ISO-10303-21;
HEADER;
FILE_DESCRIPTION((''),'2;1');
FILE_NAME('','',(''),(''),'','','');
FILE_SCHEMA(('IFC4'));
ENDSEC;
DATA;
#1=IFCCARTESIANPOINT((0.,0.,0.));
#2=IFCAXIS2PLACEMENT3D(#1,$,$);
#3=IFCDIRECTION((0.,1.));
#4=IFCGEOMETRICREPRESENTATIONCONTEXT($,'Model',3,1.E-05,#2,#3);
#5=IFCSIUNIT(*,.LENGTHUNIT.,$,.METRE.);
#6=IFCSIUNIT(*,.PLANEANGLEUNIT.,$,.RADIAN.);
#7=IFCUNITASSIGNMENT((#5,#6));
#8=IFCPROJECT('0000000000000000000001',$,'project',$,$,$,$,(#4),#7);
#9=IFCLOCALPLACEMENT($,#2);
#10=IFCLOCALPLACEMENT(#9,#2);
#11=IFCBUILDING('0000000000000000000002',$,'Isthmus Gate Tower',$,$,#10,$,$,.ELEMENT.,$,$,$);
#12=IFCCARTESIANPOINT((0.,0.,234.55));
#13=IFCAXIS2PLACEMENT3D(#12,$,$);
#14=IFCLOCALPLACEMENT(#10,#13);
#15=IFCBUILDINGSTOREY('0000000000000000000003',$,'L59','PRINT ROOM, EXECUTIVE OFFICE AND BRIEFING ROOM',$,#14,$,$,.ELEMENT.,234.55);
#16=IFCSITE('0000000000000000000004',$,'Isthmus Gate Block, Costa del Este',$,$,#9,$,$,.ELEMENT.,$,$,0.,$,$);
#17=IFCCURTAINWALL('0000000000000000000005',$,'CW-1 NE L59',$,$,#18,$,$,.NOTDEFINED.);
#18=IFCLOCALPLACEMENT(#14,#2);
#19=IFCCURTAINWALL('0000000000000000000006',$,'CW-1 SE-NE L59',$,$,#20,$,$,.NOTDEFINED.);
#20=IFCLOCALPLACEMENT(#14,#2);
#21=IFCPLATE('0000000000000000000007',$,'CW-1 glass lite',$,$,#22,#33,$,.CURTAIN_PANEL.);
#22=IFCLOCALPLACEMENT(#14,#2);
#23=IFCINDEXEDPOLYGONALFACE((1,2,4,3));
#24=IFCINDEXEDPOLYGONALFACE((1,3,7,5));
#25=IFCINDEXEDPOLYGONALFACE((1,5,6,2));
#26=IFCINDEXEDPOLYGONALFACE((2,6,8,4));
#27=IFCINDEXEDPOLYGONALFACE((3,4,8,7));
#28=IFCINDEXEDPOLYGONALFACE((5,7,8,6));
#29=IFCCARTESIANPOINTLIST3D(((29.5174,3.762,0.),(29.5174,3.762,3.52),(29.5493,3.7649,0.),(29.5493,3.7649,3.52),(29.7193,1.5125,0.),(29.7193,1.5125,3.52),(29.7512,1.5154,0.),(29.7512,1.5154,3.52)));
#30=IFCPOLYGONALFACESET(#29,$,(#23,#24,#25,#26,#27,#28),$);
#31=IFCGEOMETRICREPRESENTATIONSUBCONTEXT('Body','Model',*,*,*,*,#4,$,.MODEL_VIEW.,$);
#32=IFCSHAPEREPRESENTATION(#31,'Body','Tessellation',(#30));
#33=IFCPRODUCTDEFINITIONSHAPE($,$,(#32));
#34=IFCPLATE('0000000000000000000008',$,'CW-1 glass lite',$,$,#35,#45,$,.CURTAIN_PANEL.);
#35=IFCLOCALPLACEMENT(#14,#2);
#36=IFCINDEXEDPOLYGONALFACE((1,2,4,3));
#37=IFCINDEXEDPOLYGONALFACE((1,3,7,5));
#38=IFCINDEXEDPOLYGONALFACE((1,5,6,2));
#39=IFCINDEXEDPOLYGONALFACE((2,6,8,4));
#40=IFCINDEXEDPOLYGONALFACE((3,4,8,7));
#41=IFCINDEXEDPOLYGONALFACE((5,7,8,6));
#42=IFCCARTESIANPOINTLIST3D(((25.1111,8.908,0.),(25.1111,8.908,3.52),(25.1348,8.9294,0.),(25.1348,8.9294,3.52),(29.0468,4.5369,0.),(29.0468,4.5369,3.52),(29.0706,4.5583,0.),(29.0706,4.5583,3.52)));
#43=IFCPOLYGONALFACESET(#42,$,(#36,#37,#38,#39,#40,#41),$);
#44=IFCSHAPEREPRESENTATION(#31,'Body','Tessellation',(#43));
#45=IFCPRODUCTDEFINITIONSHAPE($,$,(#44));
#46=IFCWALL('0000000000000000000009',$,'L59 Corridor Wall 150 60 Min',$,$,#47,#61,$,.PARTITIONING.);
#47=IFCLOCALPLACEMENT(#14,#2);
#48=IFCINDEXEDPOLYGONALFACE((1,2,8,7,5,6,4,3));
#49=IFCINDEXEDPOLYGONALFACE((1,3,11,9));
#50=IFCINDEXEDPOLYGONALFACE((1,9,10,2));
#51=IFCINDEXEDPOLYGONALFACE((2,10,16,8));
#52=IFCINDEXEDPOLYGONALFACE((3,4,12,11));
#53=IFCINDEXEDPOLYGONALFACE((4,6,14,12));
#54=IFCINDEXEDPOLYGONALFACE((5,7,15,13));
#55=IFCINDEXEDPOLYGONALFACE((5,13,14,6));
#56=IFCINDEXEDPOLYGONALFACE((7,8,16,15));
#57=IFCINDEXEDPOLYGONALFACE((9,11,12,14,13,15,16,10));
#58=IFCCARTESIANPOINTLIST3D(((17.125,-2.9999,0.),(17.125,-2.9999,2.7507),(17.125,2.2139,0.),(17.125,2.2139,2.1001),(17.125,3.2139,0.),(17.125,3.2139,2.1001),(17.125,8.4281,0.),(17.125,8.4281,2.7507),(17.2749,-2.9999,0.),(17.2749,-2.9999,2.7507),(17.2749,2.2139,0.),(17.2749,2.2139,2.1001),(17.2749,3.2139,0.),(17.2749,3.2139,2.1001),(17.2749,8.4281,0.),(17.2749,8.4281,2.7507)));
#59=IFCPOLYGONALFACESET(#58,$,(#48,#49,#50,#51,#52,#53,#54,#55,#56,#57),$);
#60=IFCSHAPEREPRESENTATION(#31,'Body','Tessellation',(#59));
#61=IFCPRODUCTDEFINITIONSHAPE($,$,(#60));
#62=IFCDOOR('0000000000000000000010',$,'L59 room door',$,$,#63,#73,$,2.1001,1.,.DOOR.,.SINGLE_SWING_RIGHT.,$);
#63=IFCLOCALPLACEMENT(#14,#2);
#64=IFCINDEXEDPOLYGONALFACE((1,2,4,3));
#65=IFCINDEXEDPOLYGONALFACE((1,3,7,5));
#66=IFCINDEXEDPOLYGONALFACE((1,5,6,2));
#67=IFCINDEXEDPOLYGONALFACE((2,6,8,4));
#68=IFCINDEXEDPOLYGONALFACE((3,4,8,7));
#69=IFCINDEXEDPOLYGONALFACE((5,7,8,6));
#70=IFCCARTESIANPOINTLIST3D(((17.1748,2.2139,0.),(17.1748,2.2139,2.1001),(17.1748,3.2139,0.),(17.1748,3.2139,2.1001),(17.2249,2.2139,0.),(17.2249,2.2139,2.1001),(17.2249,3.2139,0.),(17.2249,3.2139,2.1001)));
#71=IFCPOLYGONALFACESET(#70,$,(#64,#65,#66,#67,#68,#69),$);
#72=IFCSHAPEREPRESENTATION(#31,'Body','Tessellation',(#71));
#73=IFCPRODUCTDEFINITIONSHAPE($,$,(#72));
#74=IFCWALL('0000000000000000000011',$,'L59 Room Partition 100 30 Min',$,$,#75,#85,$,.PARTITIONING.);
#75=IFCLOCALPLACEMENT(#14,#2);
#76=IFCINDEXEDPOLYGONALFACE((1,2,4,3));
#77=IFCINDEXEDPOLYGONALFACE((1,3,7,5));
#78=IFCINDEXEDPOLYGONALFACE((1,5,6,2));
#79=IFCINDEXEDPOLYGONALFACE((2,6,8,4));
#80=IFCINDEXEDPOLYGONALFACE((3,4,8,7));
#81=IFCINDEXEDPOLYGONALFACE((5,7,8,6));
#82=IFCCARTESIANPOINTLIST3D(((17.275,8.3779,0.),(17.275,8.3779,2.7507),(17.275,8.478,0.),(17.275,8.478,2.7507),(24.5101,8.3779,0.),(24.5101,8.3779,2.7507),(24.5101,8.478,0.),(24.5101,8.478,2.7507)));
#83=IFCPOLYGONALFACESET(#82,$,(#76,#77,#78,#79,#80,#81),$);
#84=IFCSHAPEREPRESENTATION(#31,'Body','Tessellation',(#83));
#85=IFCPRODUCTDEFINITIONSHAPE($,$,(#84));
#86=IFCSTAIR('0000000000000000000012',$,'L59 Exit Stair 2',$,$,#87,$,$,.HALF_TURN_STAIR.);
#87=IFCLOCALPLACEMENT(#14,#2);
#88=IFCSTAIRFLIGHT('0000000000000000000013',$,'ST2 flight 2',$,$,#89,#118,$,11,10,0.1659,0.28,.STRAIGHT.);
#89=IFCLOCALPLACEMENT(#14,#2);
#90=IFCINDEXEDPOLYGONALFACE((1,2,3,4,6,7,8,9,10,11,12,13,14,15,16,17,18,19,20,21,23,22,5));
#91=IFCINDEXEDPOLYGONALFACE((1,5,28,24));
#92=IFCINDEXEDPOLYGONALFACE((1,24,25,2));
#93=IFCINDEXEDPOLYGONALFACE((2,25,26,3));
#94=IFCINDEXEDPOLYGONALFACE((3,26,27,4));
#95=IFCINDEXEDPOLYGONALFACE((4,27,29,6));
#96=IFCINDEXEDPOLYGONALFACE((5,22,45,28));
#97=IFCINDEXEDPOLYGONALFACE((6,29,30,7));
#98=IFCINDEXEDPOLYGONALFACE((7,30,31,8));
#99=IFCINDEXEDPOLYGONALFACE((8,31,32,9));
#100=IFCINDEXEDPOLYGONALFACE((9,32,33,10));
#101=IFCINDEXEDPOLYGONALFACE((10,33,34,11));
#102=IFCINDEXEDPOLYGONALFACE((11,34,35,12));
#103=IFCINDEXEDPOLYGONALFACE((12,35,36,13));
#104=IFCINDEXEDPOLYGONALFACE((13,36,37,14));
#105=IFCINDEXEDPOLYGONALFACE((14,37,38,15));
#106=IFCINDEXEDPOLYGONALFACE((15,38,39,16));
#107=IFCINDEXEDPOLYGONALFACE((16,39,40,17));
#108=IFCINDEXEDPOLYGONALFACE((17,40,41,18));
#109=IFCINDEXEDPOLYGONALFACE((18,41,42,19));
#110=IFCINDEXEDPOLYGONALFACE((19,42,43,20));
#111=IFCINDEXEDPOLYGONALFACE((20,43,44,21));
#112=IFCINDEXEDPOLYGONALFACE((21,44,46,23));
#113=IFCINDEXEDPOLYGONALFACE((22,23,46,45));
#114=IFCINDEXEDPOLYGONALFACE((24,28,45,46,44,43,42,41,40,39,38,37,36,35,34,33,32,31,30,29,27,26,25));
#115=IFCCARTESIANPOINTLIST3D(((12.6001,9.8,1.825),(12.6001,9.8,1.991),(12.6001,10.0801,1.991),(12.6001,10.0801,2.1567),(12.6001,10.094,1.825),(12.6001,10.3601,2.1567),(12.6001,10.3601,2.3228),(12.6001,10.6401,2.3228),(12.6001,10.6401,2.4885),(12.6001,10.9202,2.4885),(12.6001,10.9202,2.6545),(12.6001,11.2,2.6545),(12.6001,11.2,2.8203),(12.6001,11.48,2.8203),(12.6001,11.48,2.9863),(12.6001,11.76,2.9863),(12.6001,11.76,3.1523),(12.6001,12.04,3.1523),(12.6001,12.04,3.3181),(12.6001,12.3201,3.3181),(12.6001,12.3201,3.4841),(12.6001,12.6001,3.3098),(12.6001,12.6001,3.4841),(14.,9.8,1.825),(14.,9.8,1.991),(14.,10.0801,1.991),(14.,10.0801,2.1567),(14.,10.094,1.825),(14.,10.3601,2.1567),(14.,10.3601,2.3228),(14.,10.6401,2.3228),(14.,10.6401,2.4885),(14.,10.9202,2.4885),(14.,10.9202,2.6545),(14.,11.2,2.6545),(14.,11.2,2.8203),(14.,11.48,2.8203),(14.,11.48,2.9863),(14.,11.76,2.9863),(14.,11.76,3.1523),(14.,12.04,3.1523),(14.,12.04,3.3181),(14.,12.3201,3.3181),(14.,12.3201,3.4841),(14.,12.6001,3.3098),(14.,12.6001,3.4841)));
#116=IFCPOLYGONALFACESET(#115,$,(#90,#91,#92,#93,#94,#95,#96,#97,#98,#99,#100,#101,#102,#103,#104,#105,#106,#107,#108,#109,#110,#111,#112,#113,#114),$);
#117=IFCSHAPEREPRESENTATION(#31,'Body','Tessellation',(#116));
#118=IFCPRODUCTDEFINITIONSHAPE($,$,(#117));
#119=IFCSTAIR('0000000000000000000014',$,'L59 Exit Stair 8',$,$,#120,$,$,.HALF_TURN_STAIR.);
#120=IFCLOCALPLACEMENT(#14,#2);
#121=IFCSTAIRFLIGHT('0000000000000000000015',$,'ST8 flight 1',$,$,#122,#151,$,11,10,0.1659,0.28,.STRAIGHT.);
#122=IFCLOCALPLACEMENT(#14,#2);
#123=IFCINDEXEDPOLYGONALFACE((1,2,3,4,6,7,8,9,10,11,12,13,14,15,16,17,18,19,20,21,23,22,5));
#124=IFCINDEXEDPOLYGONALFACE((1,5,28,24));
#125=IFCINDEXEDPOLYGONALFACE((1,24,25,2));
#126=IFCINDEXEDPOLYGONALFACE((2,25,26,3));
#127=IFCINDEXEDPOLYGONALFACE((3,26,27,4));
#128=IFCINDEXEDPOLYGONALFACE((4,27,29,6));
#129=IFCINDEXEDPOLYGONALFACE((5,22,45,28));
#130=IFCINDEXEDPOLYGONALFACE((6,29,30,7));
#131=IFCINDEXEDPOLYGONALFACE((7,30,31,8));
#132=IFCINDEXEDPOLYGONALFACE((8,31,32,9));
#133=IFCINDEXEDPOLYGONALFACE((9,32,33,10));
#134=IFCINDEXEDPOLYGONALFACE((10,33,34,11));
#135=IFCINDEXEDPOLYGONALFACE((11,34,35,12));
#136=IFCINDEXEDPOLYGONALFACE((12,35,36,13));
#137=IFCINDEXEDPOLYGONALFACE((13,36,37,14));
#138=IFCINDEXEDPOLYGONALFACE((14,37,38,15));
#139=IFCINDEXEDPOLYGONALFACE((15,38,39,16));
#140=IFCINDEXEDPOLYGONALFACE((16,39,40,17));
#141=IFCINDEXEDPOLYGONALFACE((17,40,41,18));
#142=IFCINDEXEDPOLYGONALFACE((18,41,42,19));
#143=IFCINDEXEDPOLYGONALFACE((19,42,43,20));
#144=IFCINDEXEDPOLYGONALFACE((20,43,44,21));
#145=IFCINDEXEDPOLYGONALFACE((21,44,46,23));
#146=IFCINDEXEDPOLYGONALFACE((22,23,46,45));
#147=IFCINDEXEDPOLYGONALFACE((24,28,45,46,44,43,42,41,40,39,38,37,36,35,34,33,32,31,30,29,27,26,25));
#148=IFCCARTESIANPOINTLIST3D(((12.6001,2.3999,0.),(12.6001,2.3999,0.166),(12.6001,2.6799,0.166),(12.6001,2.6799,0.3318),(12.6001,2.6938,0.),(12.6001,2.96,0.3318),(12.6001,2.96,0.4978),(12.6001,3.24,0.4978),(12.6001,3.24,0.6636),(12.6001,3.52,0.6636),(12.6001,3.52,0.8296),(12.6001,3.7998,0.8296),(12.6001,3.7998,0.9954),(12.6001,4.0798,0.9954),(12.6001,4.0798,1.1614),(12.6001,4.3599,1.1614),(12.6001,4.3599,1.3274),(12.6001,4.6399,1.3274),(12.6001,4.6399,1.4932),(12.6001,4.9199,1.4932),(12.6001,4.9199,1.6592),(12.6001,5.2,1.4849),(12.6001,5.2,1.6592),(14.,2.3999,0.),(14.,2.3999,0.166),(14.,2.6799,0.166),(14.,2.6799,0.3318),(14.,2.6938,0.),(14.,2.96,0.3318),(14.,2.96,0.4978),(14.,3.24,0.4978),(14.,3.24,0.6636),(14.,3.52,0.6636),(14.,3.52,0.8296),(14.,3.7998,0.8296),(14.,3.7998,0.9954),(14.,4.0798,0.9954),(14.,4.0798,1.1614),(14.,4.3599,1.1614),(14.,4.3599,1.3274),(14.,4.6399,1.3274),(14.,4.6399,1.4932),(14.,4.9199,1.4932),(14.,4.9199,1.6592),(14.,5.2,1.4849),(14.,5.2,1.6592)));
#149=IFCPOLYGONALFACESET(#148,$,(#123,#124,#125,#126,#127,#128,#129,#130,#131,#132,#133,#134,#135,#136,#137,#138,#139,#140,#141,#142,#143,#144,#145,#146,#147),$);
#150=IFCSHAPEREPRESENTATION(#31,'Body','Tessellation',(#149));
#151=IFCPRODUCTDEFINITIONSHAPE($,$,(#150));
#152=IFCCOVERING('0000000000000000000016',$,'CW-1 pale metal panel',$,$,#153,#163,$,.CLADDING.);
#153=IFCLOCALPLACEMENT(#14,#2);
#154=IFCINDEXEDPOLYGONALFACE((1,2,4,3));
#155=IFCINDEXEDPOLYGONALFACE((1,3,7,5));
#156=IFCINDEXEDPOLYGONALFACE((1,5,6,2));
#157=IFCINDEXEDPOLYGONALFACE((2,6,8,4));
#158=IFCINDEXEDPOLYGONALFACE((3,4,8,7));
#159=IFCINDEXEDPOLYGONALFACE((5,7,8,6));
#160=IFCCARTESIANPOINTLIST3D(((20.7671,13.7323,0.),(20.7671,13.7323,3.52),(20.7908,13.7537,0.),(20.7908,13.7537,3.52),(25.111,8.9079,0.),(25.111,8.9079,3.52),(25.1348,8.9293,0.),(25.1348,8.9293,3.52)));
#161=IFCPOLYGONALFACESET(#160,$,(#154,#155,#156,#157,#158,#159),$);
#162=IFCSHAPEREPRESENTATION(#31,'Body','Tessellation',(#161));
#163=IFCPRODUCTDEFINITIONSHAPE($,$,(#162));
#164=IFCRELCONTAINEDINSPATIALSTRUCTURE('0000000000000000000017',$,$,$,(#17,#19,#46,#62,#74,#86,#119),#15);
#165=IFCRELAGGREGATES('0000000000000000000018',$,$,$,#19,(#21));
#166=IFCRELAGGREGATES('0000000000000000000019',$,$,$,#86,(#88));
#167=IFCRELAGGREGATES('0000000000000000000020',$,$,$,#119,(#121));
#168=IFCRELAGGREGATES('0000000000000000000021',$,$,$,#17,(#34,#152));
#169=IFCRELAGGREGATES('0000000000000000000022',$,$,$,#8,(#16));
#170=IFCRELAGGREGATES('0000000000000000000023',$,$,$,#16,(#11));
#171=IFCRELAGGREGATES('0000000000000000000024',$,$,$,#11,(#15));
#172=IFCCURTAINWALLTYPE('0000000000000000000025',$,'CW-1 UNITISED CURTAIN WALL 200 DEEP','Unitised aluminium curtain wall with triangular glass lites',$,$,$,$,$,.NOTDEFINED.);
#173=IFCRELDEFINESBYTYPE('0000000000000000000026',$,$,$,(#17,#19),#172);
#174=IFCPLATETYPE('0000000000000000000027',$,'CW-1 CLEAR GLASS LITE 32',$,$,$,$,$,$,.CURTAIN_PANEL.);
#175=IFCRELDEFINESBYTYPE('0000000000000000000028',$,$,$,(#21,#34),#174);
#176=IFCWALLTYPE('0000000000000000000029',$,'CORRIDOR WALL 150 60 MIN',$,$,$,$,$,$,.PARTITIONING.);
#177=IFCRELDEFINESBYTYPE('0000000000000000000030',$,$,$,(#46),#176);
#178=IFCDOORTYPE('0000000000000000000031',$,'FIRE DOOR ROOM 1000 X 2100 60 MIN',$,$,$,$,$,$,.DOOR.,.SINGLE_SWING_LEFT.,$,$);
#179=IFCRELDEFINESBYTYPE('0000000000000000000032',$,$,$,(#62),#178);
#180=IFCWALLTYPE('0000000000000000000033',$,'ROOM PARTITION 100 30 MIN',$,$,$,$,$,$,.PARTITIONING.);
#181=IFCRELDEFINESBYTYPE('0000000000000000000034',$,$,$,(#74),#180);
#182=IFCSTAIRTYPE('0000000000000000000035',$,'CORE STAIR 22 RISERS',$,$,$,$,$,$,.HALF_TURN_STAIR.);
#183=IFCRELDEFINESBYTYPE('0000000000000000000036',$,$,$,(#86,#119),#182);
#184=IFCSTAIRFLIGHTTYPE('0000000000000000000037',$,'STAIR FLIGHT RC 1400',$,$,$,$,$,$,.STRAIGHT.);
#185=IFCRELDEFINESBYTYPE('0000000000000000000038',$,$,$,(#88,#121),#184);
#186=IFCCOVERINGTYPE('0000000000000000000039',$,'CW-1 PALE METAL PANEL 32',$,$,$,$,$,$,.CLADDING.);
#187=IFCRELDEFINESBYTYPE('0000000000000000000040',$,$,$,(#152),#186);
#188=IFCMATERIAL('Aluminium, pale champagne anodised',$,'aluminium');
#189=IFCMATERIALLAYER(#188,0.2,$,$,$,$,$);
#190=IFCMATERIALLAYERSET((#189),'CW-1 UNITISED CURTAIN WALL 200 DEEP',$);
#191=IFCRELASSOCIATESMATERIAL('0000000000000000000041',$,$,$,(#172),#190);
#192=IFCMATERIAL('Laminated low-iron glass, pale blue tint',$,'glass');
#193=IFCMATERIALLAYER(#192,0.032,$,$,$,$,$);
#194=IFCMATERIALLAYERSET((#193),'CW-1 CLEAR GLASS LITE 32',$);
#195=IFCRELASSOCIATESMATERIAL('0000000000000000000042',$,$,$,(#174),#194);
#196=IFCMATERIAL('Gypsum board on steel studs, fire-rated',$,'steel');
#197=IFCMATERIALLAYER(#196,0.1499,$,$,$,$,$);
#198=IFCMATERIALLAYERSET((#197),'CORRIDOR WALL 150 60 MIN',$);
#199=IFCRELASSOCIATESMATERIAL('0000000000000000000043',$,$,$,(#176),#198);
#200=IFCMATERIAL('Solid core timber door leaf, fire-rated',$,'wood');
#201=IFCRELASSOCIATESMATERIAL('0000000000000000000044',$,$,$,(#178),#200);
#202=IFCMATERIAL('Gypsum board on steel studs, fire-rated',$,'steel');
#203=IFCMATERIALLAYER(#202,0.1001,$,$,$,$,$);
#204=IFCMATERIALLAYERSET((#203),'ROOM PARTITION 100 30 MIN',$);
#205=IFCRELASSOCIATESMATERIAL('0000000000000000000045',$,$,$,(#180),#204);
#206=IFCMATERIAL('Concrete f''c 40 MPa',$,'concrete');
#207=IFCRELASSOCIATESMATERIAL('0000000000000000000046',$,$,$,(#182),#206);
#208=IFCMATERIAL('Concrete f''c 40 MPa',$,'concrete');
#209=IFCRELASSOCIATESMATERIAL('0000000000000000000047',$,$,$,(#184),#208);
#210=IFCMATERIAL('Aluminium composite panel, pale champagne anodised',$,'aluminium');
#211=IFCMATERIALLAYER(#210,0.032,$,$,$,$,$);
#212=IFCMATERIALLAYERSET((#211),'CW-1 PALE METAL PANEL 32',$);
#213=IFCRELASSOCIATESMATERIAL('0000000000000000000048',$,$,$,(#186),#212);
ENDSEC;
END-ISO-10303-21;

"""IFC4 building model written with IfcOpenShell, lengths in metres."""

from ifc_helpers import new_model, si_unit, direction, frame, frame_2d, origin, origin_2d, place, context, subcontext, project, spatial, polyline, rectangle, outline, extrude, material, layer, layer_set, type_object, element, fill, aggregate, save


model = new_model("IFC4")

# Units and contexts
model_context = context("Model", 3, precision=1e-05, world=origin(), true_north=direction((0.0, 1.0)))
body_context = subcontext(model_context, "Body", "Model", "MODEL_VIEW")
ifc_project = project(units=[si_unit("LENGTHUNIT", "METRE"), si_unit("PLANEANGLEUNIT", "RADIAN")], contexts=[model_context])

# Site, building, storey
site_placement = place(None, origin())
site = spatial("IfcSite", under=ifc_project, at=site_placement, Name="Isthmus Gate Block, Costa del Este", CompositionType="ELEMENT", RefElevation=0.0)
building_placement = place(site_placement, origin())
building = spatial("IfcBuilding", under=site, at=building_placement, Name="Isthmus Gate Tower", CompositionType="ELEMENT")
storey_placement = place(building_placement, frame((0.0, 0.0, 234.55)))
storey = spatial("IfcBuildingStorey", under=building, at=storey_placement, Name="L59", Description="PRINT ROOM, EXECUTIVE OFFICE AND BRIEFING ROOM", CompositionType="ELEMENT", Elevation=234.55)

# Curtain wall
ifc_material_1 = material(Name="Aluminium, pale champagne anodised", Category="aluminium")
ifc_layer_1 = layer(ifc_material_1, 0.2)
ifc_layer_set_1 = layer_set([ifc_layer_1], Name="CW-1 UNITISED CURTAIN WALL 200 DEEP")
curtain_wall_type = type_object("IfcCurtainWallType", Name="CW-1 UNITISED CURTAIN WALL 200 DEEP", Description="Unitised aluminium curtain wall with triangular glass lites", PredefinedType="NOTDEFINED", material=ifc_layer_set_1)
curtain_wall_1_placement = place(storey_placement, origin())
curtain_wall_1 = element("IfcCurtainWall", 1, at=curtain_wall_1_placement, inside=storey, type_object=curtain_wall_type, Name="CW-1 NE L59", PredefinedType="NOTDEFINED")

# Curtain wall, plate
curtain_wall_2_placement = place(storey_placement, origin())
curtain_wall_2 = element("IfcCurtainWall", 2, at=curtain_wall_2_placement, inside=storey, type_object=curtain_wall_type, Name="CW-1 SE-NE L59", PredefinedType="NOTDEFINED")
ifc_material_2 = material(Name="Laminated low-iron glass, pale blue tint", Category="glass")
ifc_layer_2 = layer(ifc_material_2, 0.032)
ifc_layer_set_2 = layer_set([ifc_layer_2], Name="CW-1 CLEAR GLASS LITE 32")
plate_type = type_object("IfcPlateType", Name="CW-1 CLEAR GLASS LITE 32", PredefinedType="CURTAIN_PANEL", material=ifc_layer_set_2)
plate_1_placement = place(storey_placement, frame((29.6343, 2.6387, 0.0), z_axis=(0.0, 0.0, 1.0), x_axis=(-0.089397, 0.995996, 0.0)))
plate_1 = element("IfcPlate", 3, at=plate_1_placement, type_object=plate_type, Name="CW-1 glass lite", PredefinedType="CURTAIN_PANEL", context=body_context, shape_type="SweptSolid", body=[
    extrude(rectangle(XDim=2.2585, YDim=0.032, at=origin_2d()), origin(), (0.0, 0.0, 1.0), 3.52),
])
aggregate(curtain_wall_2, [plate_1])

# Plate
plate_2_placement = place(storey_placement, frame((27.0908, 6.7332, 0.0), z_axis=(0.0, 0.0, 1.0), x_axis=(-0.669131, 0.743145, 0.0)))
plate_2 = element("IfcPlate", 4, at=plate_2_placement, type_object=plate_type, Name="CW-1 glass lite", PredefinedType="CURTAIN_PANEL", context=body_context, shape_type="SweptSolid", body=[
    extrude(rectangle(XDim=5.8818, YDim=0.032, at=origin_2d()), origin(), (0.0, 0.0, 1.0), 3.52),
])

# Wall, opening, door
ifc_material_3 = material(Name="Gypsum board on steel studs, fire-rated", Category="steel")
ifc_layer_3 = layer(ifc_material_3, 0.1499)
ifc_layer_set_3 = layer_set([ifc_layer_3], Name="CORRIDOR WALL 150 60 MIN")
wall_type_1 = type_object("IfcWallType", Name="CORRIDOR WALL 150 60 MIN", PredefinedType="PARTITIONING", material=ifc_layer_set_3)
wall_1_placement = place(storey_placement, frame((17.2, 8.428, 0.0), z_axis=(0.0, 0.0, 1.0), x_axis=(0.0, -1.0, 0.0)))
wall_1 = element("IfcWall", 5, at=wall_1_placement, inside=storey, type_object=wall_type_1, Name="L59 Corridor Wall 150 60 Min", PredefinedType="PARTITIONING", context=body_context, shape_type="SweptSolid", body=[
    extrude(rectangle(XDim=11.428, YDim=0.1499, at=frame_2d((5.7139, 0.0))), origin(), (0.0, 0.0, 1.0), 2.7507),
])
opening_placement = place(wall_1_placement, frame((5.2141, 0.0, 0.0)))
opening = element("IfcOpeningElement", 6, at=opening_placement, cuts=wall_1, PredefinedType="OPENING", context=body_context, shape_type="SweptSolid", body=[
    extrude(rectangle(XDim=1.0, YDim=2.1001, at=frame_2d((0.5, 1.05))), frame((0.0, 0.085, 0.0), z_axis=(0.0, -1.0, 0.0), x_axis=(1.0, 0.0, 0.0)), (0.0, 0.0, 1.0), 0.1699),
])
ifc_material_4 = material(Name="Solid core timber door leaf, fire-rated", Category="wood")
door_type = type_object("IfcDoorType", Name="FIRE DOOR ROOM 1000 X 2100 60 MIN", OperationType="SINGLE_SWING_LEFT", PredefinedType="DOOR", material=ifc_material_4)
door_placement = place(opening_placement, origin())
door = element("IfcDoor", 7, at=door_placement, inside=storey, type_object=door_type, Name="L59 room door", OperationType="SINGLE_SWING_RIGHT", OverallHeight=2.1001, OverallWidth=1.0, PredefinedType="DOOR", context=body_context, shape_type="SweptSolid", body=[
    extrude(rectangle(XDim=1.0, YDim=2.1001, at=frame_2d((0.5, 1.05))), frame((0.0, 0.0249, 0.0), z_axis=(0.0, -1.0, 0.0), x_axis=(1.0, 0.0, 0.0)), (0.0, 0.0, 1.0), 0.05),
])
fill(opening, door)

# Wall
ifc_material_5 = material(Name="Gypsum board on steel studs, fire-rated", Category="steel")
ifc_layer_4 = layer(ifc_material_5, 0.1001)
ifc_layer_set_4 = layer_set([ifc_layer_4], Name="ROOM PARTITION 100 30 MIN")
wall_type_2 = type_object("IfcWallType", Name="ROOM PARTITION 100 30 MIN", PredefinedType="PARTITIONING", material=ifc_layer_set_4)
wall_2_placement = place(storey_placement, frame((17.2749, 8.428, 0.0), z_axis=(0.0, 0.0, 1.0), x_axis=(1.0, 0.0, 0.0)))
element("IfcWall", 8, at=wall_2_placement, inside=storey, type_object=wall_type_2, Name="L59 Room Partition 100 30 Min", PredefinedType="PARTITIONING", context=body_context, shape_type="SweptSolid", body=[
    extrude(rectangle(XDim=7.2351, YDim=0.1001, at=frame_2d((3.6177, 0.0))), origin(), (0.0, 0.0, 1.0), 2.7507),
])

# Stairs, stair flights
ifc_material_6 = material(Name="Concrete f'c 40 MPa", Category="concrete")
stair_type = type_object("IfcStairType", Name="CORE STAIR 22 RISERS", PredefinedType="HALF_TURN_STAIR", material=ifc_material_6)
stair_1_placement = place(storey_placement, origin())
stair_1 = element("IfcStair", 9, at=stair_1_placement, inside=storey, type_object=stair_type, Name="L59 Exit Stair 2", PredefinedType="HALF_TURN_STAIR")
ifc_material_7 = material(Name="Concrete f'c 40 MPa", Category="concrete")
stair_flight_type = type_object("IfcStairFlightType", Name="STAIR FLIGHT RC 1400", PredefinedType="STRAIGHT", material=ifc_material_7)
stair_flight_1_placement = place(storey_placement, frame((13.3, 9.8, 1.825), z_axis=(0.0, 0.0, 1.0), x_axis=(0.0, 1.0, 0.0)))
stair_flight_1 = element("IfcStairFlight", 10, at=stair_flight_1_placement, type_object=stair_flight_type, Name="ST2 flight 2", NumberOfRisers=11, NumberOfTreads=10, PredefinedType="STRAIGHT", RiserHeight=0.1659, TreadLength=0.28, context=body_context, shape_type="SweptSolid", body=[
    extrude(outline(polyline([(0.0, 0.0), (0.0, 0.166), (0.28, 0.166), (0.28, 0.3318), (0.5601, 0.3318), (0.5601, 0.4978), (0.8401, 0.4978), (0.8401, 0.6636), (1.1201, 0.6636), (1.1201, 0.8296), (1.3999, 0.8296), (1.3999, 0.9954), (1.6799, 0.9954), (1.6799, 1.1614), (1.96, 1.1614), (1.96, 1.3274), (2.24, 1.3274), (2.24, 1.4932), (2.52, 1.4932), (2.52, 1.6592), (2.8, 1.6592), (2.8, 1.825), (2.8, 1.4849), (0.2939, 0.0), (0.0, 0.0)])), frame((0.0, 0.7, 0.0), z_axis=(0.0, -1.0, 0.0), x_axis=(1.0, 0.0, 0.0)), (0.0, 0.0, 1.0), 1.3999),
])
aggregate(stair_1, [stair_flight_1])
stair_2_placement = place(storey_placement, origin())
stair_2 = element("IfcStair", 11, at=stair_2_placement, inside=storey, type_object=stair_type, Name="L59 Exit Stair 8", PredefinedType="HALF_TURN_STAIR")
stair_flight_2_placement = place(storey_placement, frame((13.3, 2.3999, 0.0), z_axis=(0.0, 0.0, 1.0), x_axis=(0.0, 1.0, 0.0)))
stair_flight_2 = element("IfcStairFlight", 12, at=stair_flight_2_placement, type_object=stair_flight_type, Name="ST8 flight 1", NumberOfRisers=11, NumberOfTreads=10, PredefinedType="STRAIGHT", RiserHeight=0.1659, TreadLength=0.28, context=body_context, shape_type="SweptSolid", body=[
    extrude(outline(polyline([(0.0, 0.0), (0.0, 0.166), (0.28, 0.166), (0.28, 0.3318), (0.5601, 0.3318), (0.5601, 0.4978), (0.8401, 0.4978), (0.8401, 0.6636), (1.1201, 0.6636), (1.1201, 0.8296), (1.3999, 0.8296), (1.3999, 0.9954), (1.6799, 0.9954), (1.6799, 1.1614), (1.96, 1.1614), (1.96, 1.3274), (2.24, 1.3274), (2.24, 1.4932), (2.52, 1.4932), (2.52, 1.6592), (2.8, 1.6592), (2.8, 1.825), (2.8, 1.4849), (0.2939, 0.0), (0.0, 0.0)])), frame((0.0, 0.7, 0.0), z_axis=(0.0, -1.0, 0.0), x_axis=(1.0, 0.0, 0.0)), (0.0, 0.0, 1.0), 1.3999),
])
aggregate(stair_2, [stair_flight_2])

# Covering
ifc_material_8 = material(Name="Aluminium composite panel, pale champagne anodised", Category="aluminium")
ifc_layer_5 = layer(ifc_material_8, 0.032)
ifc_layer_set_5 = layer_set([ifc_layer_5], Name="CW-1 PALE METAL PANEL 32")
covering_type = type_object("IfcCoveringType", Name="CW-1 PALE METAL PANEL 32", PredefinedType="CLADDING", material=ifc_layer_set_5)
covering_placement = place(storey_placement, frame((22.9509, 11.3308, 0.0), z_axis=(0.0, 0.0, 1.0), x_axis=(-0.669131, 0.743145, 0.0)))
covering = element("IfcCovering", 13, at=covering_placement, type_object=covering_type, Name="CW-1 pale metal panel", PredefinedType="CLADDING", context=body_context, shape_type="SweptSolid", body=[
    extrude(rectangle(XDim=6.4919, YDim=0.032, at=origin_2d()), origin(), (0.0, 0.0, 1.0), 3.52),
])
aggregate(curtain_wall_1, [plate_2, covering])

save(model, "model.ifc")
